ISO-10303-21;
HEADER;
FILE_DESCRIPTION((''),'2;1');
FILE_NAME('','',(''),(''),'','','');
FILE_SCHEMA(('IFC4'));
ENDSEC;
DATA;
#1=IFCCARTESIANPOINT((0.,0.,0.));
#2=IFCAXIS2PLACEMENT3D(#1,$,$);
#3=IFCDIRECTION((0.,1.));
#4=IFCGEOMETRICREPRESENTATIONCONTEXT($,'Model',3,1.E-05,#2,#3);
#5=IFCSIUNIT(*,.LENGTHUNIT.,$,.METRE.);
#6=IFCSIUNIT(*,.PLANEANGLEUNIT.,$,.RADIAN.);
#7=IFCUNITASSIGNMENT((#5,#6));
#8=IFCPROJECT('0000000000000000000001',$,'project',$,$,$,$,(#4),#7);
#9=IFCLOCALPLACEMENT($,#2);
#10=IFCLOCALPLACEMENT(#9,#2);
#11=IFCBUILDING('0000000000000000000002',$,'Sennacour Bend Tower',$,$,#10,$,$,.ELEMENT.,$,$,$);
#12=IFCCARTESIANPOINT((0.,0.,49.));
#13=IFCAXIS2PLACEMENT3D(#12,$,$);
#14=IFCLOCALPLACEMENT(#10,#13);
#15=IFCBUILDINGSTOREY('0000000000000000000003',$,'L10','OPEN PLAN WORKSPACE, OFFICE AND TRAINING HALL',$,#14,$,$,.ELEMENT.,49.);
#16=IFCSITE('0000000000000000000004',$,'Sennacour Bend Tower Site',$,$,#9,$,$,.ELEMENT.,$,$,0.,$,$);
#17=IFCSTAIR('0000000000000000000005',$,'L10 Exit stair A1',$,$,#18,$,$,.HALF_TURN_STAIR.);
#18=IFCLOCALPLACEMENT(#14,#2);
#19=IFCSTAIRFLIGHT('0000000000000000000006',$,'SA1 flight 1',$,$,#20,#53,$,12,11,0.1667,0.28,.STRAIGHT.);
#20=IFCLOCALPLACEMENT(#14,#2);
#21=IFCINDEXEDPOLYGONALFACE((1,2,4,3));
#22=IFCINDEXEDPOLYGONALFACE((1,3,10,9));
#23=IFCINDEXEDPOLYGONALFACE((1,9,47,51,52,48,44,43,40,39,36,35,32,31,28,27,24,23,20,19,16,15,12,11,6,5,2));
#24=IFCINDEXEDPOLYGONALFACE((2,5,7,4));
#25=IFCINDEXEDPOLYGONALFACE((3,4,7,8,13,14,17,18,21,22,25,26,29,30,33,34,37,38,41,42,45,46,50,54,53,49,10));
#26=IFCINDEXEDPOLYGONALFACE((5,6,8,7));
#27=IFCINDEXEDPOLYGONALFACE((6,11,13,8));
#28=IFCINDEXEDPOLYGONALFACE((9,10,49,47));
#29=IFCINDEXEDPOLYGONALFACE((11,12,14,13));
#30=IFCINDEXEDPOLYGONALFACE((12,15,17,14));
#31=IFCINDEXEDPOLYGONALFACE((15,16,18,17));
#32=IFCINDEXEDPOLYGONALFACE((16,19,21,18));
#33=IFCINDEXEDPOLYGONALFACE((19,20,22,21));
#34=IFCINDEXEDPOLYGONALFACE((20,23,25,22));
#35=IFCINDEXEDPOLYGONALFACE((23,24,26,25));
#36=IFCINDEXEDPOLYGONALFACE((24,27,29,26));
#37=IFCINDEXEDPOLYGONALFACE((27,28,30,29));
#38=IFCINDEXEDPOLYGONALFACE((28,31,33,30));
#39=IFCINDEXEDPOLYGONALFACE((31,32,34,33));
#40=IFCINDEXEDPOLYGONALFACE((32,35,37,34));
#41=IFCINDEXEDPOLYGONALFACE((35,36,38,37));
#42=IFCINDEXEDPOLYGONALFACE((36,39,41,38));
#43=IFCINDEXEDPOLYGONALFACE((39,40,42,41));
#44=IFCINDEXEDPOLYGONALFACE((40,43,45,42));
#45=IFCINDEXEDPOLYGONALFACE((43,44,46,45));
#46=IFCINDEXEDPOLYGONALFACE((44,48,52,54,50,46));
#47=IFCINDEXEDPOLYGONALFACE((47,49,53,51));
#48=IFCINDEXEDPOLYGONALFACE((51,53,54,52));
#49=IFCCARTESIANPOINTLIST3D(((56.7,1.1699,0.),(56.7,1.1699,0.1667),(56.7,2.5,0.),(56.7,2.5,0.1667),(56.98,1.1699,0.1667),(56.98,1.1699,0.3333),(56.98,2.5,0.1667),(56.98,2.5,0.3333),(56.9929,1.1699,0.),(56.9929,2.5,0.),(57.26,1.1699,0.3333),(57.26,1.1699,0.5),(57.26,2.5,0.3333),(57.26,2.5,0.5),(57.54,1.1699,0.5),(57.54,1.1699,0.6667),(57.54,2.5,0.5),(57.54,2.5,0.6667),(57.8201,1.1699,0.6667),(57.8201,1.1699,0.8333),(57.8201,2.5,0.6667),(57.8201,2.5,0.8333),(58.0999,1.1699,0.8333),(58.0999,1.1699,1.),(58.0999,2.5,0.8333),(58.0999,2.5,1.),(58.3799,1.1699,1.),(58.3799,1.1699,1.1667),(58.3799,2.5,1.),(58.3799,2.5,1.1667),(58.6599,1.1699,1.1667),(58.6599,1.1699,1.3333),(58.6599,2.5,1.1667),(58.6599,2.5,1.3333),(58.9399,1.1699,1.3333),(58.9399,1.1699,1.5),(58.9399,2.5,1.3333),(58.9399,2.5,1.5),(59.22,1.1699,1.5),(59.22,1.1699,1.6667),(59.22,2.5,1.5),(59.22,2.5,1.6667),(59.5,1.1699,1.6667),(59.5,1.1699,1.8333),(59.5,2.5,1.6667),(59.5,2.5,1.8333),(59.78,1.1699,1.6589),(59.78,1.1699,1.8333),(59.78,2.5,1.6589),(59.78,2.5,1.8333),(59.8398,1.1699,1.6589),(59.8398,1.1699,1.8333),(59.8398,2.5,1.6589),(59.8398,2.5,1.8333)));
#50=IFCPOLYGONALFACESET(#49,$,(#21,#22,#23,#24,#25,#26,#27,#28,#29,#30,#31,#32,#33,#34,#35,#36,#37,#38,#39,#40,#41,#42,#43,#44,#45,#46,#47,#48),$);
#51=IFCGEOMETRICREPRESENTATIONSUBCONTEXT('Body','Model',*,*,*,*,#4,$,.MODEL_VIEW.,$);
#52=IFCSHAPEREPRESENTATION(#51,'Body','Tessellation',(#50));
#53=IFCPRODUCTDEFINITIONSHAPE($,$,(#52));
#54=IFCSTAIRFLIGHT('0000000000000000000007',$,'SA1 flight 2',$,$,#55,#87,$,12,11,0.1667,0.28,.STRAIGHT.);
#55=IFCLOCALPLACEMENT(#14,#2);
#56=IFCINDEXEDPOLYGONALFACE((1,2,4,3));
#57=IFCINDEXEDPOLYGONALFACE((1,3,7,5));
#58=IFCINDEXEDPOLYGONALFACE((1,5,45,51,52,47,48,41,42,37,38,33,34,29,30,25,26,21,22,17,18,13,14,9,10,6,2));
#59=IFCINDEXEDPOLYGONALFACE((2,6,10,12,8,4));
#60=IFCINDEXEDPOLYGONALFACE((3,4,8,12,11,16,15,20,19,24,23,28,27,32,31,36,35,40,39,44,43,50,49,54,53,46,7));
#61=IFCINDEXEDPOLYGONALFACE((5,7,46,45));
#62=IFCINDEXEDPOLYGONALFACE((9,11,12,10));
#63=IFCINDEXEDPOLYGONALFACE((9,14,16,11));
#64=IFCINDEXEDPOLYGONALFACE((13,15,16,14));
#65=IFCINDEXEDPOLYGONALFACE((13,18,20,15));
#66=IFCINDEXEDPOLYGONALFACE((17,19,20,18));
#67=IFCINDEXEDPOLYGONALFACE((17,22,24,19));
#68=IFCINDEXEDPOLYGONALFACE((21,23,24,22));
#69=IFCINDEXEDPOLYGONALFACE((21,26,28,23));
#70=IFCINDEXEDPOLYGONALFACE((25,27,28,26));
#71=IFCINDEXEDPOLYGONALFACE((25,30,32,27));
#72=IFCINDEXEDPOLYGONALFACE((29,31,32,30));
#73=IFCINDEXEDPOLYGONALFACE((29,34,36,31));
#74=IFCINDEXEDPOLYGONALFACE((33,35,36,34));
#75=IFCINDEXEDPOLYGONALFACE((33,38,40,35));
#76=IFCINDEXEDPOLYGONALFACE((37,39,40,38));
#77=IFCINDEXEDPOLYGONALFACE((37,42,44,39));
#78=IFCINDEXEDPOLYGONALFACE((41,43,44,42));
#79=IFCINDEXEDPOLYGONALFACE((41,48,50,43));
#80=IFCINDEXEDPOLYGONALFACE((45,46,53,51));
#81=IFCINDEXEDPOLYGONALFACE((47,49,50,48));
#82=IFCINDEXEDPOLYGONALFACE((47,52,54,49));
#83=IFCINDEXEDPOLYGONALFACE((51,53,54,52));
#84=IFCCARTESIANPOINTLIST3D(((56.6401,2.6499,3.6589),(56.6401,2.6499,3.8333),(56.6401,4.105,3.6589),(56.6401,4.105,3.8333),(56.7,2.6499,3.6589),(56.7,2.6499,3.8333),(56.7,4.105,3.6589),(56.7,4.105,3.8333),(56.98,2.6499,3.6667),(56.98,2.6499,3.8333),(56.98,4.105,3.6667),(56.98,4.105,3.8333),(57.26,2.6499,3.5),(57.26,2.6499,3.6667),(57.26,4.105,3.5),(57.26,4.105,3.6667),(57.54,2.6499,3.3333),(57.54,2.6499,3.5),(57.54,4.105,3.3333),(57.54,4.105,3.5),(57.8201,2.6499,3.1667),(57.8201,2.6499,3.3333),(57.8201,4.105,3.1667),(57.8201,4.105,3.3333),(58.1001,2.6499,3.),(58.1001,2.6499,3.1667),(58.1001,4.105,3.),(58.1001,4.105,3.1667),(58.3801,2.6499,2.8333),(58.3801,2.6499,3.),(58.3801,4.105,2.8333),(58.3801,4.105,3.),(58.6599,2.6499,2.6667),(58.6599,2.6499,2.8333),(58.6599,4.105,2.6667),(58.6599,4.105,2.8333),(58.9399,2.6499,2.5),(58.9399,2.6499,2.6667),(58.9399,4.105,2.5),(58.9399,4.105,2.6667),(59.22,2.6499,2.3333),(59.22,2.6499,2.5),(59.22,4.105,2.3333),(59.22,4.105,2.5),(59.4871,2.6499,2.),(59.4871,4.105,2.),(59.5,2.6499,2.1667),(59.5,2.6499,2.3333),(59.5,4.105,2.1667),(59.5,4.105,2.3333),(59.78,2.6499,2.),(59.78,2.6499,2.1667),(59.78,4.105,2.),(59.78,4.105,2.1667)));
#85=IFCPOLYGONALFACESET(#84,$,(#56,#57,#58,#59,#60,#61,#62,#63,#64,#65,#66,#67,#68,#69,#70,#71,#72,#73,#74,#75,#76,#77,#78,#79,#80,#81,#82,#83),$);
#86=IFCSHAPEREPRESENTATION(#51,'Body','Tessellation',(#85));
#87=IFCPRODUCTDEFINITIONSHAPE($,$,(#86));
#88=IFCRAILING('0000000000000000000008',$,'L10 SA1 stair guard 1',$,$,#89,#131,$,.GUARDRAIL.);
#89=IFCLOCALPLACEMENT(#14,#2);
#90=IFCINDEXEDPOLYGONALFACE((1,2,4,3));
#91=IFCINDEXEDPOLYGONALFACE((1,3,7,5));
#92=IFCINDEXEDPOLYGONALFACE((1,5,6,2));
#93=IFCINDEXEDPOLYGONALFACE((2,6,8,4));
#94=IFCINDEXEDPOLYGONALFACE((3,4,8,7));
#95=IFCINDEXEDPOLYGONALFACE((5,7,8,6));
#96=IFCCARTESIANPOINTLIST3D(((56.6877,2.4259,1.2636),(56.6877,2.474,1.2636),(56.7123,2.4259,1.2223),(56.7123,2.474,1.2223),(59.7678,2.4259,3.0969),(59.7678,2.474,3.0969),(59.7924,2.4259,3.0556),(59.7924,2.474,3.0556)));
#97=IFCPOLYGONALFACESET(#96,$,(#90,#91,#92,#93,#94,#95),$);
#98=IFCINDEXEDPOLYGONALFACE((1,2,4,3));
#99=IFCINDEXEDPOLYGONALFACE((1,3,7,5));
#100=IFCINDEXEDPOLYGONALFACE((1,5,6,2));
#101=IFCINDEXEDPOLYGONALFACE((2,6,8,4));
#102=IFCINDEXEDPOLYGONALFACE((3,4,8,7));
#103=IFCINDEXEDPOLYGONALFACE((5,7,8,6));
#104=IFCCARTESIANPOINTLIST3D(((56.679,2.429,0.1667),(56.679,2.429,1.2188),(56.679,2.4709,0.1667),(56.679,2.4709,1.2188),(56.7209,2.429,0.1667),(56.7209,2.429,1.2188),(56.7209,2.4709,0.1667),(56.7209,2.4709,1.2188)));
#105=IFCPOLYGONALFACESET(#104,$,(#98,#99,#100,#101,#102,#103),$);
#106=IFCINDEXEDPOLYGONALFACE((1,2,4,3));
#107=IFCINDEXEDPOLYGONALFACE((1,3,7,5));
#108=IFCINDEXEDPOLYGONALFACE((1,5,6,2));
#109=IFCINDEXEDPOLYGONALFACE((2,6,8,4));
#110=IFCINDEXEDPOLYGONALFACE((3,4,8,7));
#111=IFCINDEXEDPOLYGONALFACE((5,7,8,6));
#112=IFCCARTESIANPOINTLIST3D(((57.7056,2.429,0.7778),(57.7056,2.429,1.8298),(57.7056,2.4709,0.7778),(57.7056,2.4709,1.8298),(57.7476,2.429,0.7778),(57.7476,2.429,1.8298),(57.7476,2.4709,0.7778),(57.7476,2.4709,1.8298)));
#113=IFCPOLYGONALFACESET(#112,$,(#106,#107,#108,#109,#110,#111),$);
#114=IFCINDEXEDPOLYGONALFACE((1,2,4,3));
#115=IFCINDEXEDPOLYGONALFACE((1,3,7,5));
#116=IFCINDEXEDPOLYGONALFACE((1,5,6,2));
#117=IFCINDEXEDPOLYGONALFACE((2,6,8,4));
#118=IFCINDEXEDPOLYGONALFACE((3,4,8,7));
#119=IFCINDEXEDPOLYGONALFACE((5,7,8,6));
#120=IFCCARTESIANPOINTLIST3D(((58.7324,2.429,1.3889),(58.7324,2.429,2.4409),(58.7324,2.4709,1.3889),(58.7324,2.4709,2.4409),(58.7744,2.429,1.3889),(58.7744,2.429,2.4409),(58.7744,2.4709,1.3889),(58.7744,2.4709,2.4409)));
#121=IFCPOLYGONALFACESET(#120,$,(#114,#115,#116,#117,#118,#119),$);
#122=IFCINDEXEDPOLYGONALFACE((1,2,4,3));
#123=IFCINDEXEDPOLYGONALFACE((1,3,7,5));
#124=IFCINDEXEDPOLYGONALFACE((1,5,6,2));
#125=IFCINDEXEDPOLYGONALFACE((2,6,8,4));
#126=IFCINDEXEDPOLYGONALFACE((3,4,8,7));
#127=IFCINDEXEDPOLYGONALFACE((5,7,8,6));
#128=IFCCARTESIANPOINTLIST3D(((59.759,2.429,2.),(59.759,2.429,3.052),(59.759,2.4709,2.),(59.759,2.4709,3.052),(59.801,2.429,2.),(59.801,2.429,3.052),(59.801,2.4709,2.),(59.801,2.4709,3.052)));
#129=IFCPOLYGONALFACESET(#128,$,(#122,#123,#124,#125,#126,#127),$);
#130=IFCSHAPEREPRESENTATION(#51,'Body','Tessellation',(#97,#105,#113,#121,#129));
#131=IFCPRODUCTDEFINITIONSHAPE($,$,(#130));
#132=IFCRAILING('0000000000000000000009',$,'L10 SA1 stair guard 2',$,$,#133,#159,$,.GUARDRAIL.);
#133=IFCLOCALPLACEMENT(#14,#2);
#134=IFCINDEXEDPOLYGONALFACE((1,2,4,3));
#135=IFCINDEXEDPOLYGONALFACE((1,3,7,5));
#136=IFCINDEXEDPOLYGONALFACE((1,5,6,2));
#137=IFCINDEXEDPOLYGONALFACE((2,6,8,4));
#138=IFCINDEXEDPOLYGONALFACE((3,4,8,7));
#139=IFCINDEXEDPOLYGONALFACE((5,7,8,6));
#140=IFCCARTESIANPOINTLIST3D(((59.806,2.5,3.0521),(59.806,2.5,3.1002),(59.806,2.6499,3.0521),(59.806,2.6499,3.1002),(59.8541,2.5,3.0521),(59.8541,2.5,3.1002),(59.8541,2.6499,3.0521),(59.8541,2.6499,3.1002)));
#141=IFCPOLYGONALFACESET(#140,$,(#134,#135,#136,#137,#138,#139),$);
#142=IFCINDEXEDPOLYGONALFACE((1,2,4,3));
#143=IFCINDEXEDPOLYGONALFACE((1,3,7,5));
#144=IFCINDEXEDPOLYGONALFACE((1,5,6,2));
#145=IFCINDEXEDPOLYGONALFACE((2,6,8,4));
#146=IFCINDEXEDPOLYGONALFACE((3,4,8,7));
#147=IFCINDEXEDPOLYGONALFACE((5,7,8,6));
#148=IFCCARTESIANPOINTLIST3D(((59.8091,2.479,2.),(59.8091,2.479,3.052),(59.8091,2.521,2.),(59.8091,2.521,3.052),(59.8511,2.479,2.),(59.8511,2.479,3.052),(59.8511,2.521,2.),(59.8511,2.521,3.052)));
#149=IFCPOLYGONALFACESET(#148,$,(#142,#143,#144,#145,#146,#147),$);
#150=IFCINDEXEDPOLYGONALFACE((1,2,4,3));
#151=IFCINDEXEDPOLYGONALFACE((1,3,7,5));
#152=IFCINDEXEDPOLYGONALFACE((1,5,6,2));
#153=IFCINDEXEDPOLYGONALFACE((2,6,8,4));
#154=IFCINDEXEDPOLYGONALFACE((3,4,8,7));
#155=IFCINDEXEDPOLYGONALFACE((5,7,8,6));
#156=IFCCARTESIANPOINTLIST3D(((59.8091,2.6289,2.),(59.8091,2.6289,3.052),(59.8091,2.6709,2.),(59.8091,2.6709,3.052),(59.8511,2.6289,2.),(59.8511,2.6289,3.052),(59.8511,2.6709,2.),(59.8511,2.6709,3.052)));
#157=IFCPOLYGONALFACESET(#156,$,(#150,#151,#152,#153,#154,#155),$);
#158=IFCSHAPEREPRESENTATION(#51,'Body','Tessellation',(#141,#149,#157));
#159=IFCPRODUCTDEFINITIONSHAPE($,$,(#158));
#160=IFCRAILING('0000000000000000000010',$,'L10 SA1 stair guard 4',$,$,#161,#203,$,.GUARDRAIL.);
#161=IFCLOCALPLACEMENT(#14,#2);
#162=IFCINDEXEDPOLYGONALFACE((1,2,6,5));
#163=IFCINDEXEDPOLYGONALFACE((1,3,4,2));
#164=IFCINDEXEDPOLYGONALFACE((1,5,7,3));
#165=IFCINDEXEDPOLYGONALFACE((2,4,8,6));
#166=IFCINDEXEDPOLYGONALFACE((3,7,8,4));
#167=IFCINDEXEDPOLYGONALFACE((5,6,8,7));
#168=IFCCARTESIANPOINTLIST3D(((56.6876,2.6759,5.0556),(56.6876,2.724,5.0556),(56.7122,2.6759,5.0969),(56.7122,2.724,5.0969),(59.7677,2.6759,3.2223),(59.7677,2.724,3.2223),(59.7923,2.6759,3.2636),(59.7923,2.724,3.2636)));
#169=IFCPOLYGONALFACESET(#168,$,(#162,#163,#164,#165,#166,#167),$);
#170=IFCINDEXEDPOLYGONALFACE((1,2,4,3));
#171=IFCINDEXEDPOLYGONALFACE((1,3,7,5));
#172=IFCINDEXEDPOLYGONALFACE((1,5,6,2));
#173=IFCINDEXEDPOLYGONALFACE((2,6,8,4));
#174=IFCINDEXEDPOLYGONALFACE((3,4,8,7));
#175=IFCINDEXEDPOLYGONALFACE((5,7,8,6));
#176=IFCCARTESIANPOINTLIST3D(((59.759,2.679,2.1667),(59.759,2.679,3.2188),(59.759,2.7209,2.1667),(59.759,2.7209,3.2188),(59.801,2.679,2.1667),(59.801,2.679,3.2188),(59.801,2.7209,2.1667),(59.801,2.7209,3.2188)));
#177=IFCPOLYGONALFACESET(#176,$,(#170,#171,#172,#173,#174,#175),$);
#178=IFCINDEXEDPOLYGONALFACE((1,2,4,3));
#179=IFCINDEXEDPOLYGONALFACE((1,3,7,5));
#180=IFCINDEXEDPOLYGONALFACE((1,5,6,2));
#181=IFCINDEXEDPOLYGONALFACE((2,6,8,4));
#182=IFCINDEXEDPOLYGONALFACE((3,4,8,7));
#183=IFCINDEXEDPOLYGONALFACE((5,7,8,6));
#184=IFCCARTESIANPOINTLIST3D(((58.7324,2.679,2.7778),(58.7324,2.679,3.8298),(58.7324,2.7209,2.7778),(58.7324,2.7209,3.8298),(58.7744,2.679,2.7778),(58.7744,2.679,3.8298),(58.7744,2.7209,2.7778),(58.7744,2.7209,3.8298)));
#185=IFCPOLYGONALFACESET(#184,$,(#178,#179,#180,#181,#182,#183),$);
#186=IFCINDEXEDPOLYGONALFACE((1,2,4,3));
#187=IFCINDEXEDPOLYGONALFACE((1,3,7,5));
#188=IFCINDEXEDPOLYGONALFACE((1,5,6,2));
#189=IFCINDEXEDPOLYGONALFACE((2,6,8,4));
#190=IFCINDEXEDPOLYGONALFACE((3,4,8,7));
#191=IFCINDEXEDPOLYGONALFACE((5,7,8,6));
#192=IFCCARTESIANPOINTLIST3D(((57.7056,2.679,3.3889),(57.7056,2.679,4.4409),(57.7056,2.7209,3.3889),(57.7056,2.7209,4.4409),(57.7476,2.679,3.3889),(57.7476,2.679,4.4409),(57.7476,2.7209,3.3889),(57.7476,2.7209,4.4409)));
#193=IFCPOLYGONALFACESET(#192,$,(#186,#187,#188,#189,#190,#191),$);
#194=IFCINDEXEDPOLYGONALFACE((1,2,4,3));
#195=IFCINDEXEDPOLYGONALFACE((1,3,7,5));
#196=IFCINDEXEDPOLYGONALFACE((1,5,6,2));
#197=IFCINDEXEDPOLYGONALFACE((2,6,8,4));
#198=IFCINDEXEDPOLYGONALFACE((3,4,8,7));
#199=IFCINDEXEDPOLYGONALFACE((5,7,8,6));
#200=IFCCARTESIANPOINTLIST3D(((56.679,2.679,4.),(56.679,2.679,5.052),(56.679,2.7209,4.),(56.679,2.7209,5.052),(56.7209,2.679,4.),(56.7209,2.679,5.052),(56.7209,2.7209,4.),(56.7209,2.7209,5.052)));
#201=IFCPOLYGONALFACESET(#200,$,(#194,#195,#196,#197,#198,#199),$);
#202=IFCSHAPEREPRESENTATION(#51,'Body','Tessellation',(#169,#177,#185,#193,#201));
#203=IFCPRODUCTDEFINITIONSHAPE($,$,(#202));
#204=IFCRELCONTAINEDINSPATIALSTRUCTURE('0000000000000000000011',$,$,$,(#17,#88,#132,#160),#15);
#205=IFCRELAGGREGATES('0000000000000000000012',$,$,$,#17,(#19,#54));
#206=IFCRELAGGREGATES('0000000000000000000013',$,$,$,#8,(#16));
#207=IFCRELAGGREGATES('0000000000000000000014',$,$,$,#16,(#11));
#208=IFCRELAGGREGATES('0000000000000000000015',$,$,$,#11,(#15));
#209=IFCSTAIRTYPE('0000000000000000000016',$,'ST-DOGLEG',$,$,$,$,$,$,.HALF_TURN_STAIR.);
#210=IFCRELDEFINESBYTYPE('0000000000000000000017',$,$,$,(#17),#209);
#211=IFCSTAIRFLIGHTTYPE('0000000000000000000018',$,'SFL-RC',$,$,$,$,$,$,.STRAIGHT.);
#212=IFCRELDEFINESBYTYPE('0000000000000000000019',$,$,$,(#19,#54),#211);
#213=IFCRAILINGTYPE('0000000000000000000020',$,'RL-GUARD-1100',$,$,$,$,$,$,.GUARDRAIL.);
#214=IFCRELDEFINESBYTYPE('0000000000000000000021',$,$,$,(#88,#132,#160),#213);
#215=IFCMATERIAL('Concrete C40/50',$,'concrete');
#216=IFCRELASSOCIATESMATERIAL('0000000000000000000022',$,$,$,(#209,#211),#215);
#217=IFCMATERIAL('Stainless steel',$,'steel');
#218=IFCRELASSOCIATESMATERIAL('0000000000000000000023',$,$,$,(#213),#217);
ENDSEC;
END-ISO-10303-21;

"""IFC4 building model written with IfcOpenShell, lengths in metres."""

from ifc_helpers import new_model, si_unit, direction, frame, origin, origin_2d, place, context, subcontext, project, spatial, polyline, rectangle, outline, extrude, material, type_object, element, aggregate, save


model = new_model("IFC4")

# Units and contexts
model_context = context("Model", 3, precision=1e-05, world=origin(), true_north=direction((0.0, 1.0)))
body_context = subcontext(model_context, "Body", "Model", "MODEL_VIEW")
ifc_project = project(units=[si_unit("LENGTHUNIT", "METRE"), si_unit("PLANEANGLEUNIT", "RADIAN")], contexts=[model_context])

# Site, building, storey
site_placement = place(None, origin())
site = spatial("IfcSite", under=ifc_project, at=site_placement, Name="Sennacour Bend Tower Site", CompositionType="ELEMENT", RefElevation=0.0)
building_placement = place(site_placement, origin())
building = spatial("IfcBuilding", under=site, at=building_placement, Name="Sennacour Bend Tower", CompositionType="ELEMENT")
storey_placement = place(building_placement, frame((0.0, 0.0, 49.0)))
storey = spatial("IfcBuildingStorey", under=building, at=storey_placement, Name="L10", Description="OPEN PLAN WORKSPACE, OFFICE AND TRAINING HALL", CompositionType="ELEMENT", Elevation=49.0)

# Shared definitions
ifc_material_1 = material(Name="Stainless steel", Category="steel")

# Stair, stair flights
ifc_material_2 = material(Name="Concrete C40/50", Category="concrete")
stair_type = type_object("IfcStairType", Name="ST-DOGLEG", PredefinedType="HALF_TURN_STAIR", material=ifc_material_2)
stair_placement = place(storey_placement, origin())
stair = element("IfcStair", 1, at=stair_placement, inside=storey, type_object=stair_type, Name="L10 Exit stair A1", PredefinedType="HALF_TURN_STAIR")
stair_flight_type = type_object("IfcStairFlightType", Name="SFL-RC", PredefinedType="STRAIGHT", material=ifc_material_2)
stair_flight_1_placement = place(storey_placement, frame((56.7, 1.835, 0.0), z_axis=(0.0, 0.0, 1.0), x_axis=(1.0, 0.0, 0.0)))
stair_flight_1 = element("IfcStairFlight", 2, at=stair_flight_1_placement, type_object=stair_flight_type, Name="SA1 flight 1", NumberOfRisers=12, NumberOfTreads=11, PredefinedType="STRAIGHT", RiserHeight=0.1667, TreadLength=0.28, context=body_context, shape_type="SweptSolid", body=[
    extrude(outline(polyline([(0.0, 0.0), (0.0, 0.1667), (0.28, 0.1667), (0.28, 0.3333), (0.5601, 0.3333), (0.5601, 0.5), (0.8401, 0.5), (0.8401, 0.6667), (1.1201, 0.6667), (1.1201, 0.8333), (1.3999, 0.8333), (1.3999, 1.0), (1.6799, 1.0), (1.6799, 1.1667), (1.96, 1.1667), (1.96, 1.3333), (2.24, 1.3333), (2.24, 1.5), (2.52, 1.5), (2.52, 1.6667), (2.8, 1.6667), (2.8, 1.8333), (3.0801, 1.8333), (3.1399, 1.8333), (3.1399, 1.6589), (3.0801, 1.6589), (0.293, 0.0), (0.0, 0.0)])), frame((0.0, 0.665, 0.0), z_axis=(0.0, -1.0, 0.0), x_axis=(1.0, 0.0, 0.0)), (0.0, 0.0, 1.0), 1.3301),
])
stair_flight_2_placement = place(storey_placement, frame((59.78, 3.3774, 2.0), z_axis=(0.0, 0.0, 1.0), x_axis=(-1.0, 0.0, 0.0)))
stair_flight_2 = element("IfcStairFlight", 3, at=stair_flight_2_placement, type_object=stair_flight_type, Name="SA1 flight 2", NumberOfRisers=12, NumberOfTreads=11, PredefinedType="STRAIGHT", RiserHeight=0.1667, TreadLength=0.28, context=body_context, shape_type="SweptSolid", body=[
    extrude(outline(polyline([(0.0, 0.0), (0.0, 0.1667), (0.28, 0.1667), (0.28, 0.3333), (0.5601, 0.3333), (0.5601, 0.5), (0.8401, 0.5), (0.8401, 0.6667), (1.1201, 0.6667), (1.1201, 0.8333), (1.3999, 0.8333), (1.3999, 1.0), (1.6799, 1.0), (1.6799, 1.1667), (1.96, 1.1667), (1.96, 1.3333), (2.24, 1.3333), (2.24, 1.5), (2.52, 1.5), (2.52, 1.6667), (2.8, 1.6667), (2.8, 1.8333), (3.0801, 1.8333), (3.1399, 1.8333), (3.1399, 1.6589), (3.0801, 1.6589), (0.293, 0.0), (0.0, 0.0)])), frame((0.0, 0.7275, 0.0), z_axis=(0.0, -1.0, 0.0), x_axis=(1.0, 0.0, 0.0)), (0.0, 0.0, 1.0), 1.4551),
])
aggregate(stair, [stair_flight_1, stair_flight_2])

# Railings
railing_type_1 = type_object("IfcRailingType", Name="RL-GUARD-1100", PredefinedType="GUARDRAIL", material=ifc_material_1)
railing_1_placement = place(storey_placement, frame((56.7, 2.45, 0.1667)))
element("IfcRailing", 4, at=railing_1_placement, inside=storey, type_object=railing_type_1, Name="L10 SA1 stair guard 1", PredefinedType="GUARDRAIL", context=body_context, shape_type="SweptSolid", body=[
    extrude(rectangle(XDim=0.0481, YDim=0.0481, at=origin_2d()), frame((0.0, 0.0, 1.0762), z_axis=(0.859309, 0.0, 0.511458), x_axis=(0.0, 1.0, 0.0)), (0.0, 0.0, 1.0), 3.5845),
    extrude(rectangle(XDim=0.042, YDim=0.042, at=origin_2d()), origin(), (0.0, 0.0, 1.0), 1.052),
    extrude(rectangle(XDim=0.042, YDim=0.042, at=origin_2d()), frame((1.0266, 0.0, 0.6111)), (0.0, 0.0, 1.0), 1.052),
    extrude(rectangle(XDim=0.042, YDim=0.042, at=origin_2d()), frame((2.0535, 0.0, 1.2222)), (0.0, 0.0, 1.0), 1.052),
    extrude(rectangle(XDim=0.042, YDim=0.042, at=origin_2d()), frame((3.0801, 0.0, 1.8333)), (0.0, 0.0, 1.0), 1.052),
])
railing_2_placement = place(storey_placement, frame((59.8301, 2.5, 2.0)))
element("IfcRailing", 5, at=railing_2_placement, inside=storey, type_object=railing_type_1, Name="L10 SA1 stair guard 2", PredefinedType="GUARDRAIL", context=body_context, shape_type="SweptSolid", body=[
    extrude(rectangle(XDim=0.0481, YDim=0.0481, at=origin_2d()), frame((0.0, 0.0, 1.0762), z_axis=(0.0, 1.0, 0.0), x_axis=(-1.0, 0.0, 0.0)), (0.0, 0.0, 1.0), 0.1499),
    extrude(rectangle(XDim=0.042, YDim=0.042, at=origin_2d()), origin(), (0.0, 0.0, 1.0), 1.052),
    extrude(rectangle(XDim=0.042, YDim=0.042, at=origin_2d()), frame((0.0, 0.1499, 0.0)), (0.0, 0.0, 1.0), 1.052),
])
railing_3_placement = place(storey_placement, frame((59.78, 2.7, 2.1667)))
element("IfcRailing", 6, at=railing_3_placement, inside=storey, type_object=railing_type_1, Name="L10 SA1 stair guard 4", PredefinedType="GUARDRAIL", context=body_context, shape_type="SweptSolid", body=[
    extrude(rectangle(XDim=0.0481, YDim=0.0481, at=origin_2d()), frame((0.0, 0.0, 1.0762), z_axis=(-0.859309, 0.0, 0.511458), x_axis=(0.0, -1.0, 0.0)), (0.0, 0.0, 1.0), 3.5845),
    extrude(rectangle(XDim=0.042, YDim=0.042, at=origin_2d()), origin(), (0.0, 0.0, 1.0), 1.052),
    extrude(rectangle(XDim=0.042, YDim=0.042, at=origin_2d()), frame((-1.0266, 0.0, 0.6111)), (0.0, 0.0, 1.0), 1.052),
    extrude(rectangle(XDim=0.042, YDim=0.042, at=origin_2d()), frame((-2.0535, 0.0, 1.2222)), (0.0, 0.0, 1.0), 1.052),
    extrude(rectangle(XDim=0.042, YDim=0.042, at=origin_2d()), frame((-3.0801, 0.0, 1.8333)), (0.0, 0.0, 1.0), 1.052),
])

save(model, "model.ifc")
